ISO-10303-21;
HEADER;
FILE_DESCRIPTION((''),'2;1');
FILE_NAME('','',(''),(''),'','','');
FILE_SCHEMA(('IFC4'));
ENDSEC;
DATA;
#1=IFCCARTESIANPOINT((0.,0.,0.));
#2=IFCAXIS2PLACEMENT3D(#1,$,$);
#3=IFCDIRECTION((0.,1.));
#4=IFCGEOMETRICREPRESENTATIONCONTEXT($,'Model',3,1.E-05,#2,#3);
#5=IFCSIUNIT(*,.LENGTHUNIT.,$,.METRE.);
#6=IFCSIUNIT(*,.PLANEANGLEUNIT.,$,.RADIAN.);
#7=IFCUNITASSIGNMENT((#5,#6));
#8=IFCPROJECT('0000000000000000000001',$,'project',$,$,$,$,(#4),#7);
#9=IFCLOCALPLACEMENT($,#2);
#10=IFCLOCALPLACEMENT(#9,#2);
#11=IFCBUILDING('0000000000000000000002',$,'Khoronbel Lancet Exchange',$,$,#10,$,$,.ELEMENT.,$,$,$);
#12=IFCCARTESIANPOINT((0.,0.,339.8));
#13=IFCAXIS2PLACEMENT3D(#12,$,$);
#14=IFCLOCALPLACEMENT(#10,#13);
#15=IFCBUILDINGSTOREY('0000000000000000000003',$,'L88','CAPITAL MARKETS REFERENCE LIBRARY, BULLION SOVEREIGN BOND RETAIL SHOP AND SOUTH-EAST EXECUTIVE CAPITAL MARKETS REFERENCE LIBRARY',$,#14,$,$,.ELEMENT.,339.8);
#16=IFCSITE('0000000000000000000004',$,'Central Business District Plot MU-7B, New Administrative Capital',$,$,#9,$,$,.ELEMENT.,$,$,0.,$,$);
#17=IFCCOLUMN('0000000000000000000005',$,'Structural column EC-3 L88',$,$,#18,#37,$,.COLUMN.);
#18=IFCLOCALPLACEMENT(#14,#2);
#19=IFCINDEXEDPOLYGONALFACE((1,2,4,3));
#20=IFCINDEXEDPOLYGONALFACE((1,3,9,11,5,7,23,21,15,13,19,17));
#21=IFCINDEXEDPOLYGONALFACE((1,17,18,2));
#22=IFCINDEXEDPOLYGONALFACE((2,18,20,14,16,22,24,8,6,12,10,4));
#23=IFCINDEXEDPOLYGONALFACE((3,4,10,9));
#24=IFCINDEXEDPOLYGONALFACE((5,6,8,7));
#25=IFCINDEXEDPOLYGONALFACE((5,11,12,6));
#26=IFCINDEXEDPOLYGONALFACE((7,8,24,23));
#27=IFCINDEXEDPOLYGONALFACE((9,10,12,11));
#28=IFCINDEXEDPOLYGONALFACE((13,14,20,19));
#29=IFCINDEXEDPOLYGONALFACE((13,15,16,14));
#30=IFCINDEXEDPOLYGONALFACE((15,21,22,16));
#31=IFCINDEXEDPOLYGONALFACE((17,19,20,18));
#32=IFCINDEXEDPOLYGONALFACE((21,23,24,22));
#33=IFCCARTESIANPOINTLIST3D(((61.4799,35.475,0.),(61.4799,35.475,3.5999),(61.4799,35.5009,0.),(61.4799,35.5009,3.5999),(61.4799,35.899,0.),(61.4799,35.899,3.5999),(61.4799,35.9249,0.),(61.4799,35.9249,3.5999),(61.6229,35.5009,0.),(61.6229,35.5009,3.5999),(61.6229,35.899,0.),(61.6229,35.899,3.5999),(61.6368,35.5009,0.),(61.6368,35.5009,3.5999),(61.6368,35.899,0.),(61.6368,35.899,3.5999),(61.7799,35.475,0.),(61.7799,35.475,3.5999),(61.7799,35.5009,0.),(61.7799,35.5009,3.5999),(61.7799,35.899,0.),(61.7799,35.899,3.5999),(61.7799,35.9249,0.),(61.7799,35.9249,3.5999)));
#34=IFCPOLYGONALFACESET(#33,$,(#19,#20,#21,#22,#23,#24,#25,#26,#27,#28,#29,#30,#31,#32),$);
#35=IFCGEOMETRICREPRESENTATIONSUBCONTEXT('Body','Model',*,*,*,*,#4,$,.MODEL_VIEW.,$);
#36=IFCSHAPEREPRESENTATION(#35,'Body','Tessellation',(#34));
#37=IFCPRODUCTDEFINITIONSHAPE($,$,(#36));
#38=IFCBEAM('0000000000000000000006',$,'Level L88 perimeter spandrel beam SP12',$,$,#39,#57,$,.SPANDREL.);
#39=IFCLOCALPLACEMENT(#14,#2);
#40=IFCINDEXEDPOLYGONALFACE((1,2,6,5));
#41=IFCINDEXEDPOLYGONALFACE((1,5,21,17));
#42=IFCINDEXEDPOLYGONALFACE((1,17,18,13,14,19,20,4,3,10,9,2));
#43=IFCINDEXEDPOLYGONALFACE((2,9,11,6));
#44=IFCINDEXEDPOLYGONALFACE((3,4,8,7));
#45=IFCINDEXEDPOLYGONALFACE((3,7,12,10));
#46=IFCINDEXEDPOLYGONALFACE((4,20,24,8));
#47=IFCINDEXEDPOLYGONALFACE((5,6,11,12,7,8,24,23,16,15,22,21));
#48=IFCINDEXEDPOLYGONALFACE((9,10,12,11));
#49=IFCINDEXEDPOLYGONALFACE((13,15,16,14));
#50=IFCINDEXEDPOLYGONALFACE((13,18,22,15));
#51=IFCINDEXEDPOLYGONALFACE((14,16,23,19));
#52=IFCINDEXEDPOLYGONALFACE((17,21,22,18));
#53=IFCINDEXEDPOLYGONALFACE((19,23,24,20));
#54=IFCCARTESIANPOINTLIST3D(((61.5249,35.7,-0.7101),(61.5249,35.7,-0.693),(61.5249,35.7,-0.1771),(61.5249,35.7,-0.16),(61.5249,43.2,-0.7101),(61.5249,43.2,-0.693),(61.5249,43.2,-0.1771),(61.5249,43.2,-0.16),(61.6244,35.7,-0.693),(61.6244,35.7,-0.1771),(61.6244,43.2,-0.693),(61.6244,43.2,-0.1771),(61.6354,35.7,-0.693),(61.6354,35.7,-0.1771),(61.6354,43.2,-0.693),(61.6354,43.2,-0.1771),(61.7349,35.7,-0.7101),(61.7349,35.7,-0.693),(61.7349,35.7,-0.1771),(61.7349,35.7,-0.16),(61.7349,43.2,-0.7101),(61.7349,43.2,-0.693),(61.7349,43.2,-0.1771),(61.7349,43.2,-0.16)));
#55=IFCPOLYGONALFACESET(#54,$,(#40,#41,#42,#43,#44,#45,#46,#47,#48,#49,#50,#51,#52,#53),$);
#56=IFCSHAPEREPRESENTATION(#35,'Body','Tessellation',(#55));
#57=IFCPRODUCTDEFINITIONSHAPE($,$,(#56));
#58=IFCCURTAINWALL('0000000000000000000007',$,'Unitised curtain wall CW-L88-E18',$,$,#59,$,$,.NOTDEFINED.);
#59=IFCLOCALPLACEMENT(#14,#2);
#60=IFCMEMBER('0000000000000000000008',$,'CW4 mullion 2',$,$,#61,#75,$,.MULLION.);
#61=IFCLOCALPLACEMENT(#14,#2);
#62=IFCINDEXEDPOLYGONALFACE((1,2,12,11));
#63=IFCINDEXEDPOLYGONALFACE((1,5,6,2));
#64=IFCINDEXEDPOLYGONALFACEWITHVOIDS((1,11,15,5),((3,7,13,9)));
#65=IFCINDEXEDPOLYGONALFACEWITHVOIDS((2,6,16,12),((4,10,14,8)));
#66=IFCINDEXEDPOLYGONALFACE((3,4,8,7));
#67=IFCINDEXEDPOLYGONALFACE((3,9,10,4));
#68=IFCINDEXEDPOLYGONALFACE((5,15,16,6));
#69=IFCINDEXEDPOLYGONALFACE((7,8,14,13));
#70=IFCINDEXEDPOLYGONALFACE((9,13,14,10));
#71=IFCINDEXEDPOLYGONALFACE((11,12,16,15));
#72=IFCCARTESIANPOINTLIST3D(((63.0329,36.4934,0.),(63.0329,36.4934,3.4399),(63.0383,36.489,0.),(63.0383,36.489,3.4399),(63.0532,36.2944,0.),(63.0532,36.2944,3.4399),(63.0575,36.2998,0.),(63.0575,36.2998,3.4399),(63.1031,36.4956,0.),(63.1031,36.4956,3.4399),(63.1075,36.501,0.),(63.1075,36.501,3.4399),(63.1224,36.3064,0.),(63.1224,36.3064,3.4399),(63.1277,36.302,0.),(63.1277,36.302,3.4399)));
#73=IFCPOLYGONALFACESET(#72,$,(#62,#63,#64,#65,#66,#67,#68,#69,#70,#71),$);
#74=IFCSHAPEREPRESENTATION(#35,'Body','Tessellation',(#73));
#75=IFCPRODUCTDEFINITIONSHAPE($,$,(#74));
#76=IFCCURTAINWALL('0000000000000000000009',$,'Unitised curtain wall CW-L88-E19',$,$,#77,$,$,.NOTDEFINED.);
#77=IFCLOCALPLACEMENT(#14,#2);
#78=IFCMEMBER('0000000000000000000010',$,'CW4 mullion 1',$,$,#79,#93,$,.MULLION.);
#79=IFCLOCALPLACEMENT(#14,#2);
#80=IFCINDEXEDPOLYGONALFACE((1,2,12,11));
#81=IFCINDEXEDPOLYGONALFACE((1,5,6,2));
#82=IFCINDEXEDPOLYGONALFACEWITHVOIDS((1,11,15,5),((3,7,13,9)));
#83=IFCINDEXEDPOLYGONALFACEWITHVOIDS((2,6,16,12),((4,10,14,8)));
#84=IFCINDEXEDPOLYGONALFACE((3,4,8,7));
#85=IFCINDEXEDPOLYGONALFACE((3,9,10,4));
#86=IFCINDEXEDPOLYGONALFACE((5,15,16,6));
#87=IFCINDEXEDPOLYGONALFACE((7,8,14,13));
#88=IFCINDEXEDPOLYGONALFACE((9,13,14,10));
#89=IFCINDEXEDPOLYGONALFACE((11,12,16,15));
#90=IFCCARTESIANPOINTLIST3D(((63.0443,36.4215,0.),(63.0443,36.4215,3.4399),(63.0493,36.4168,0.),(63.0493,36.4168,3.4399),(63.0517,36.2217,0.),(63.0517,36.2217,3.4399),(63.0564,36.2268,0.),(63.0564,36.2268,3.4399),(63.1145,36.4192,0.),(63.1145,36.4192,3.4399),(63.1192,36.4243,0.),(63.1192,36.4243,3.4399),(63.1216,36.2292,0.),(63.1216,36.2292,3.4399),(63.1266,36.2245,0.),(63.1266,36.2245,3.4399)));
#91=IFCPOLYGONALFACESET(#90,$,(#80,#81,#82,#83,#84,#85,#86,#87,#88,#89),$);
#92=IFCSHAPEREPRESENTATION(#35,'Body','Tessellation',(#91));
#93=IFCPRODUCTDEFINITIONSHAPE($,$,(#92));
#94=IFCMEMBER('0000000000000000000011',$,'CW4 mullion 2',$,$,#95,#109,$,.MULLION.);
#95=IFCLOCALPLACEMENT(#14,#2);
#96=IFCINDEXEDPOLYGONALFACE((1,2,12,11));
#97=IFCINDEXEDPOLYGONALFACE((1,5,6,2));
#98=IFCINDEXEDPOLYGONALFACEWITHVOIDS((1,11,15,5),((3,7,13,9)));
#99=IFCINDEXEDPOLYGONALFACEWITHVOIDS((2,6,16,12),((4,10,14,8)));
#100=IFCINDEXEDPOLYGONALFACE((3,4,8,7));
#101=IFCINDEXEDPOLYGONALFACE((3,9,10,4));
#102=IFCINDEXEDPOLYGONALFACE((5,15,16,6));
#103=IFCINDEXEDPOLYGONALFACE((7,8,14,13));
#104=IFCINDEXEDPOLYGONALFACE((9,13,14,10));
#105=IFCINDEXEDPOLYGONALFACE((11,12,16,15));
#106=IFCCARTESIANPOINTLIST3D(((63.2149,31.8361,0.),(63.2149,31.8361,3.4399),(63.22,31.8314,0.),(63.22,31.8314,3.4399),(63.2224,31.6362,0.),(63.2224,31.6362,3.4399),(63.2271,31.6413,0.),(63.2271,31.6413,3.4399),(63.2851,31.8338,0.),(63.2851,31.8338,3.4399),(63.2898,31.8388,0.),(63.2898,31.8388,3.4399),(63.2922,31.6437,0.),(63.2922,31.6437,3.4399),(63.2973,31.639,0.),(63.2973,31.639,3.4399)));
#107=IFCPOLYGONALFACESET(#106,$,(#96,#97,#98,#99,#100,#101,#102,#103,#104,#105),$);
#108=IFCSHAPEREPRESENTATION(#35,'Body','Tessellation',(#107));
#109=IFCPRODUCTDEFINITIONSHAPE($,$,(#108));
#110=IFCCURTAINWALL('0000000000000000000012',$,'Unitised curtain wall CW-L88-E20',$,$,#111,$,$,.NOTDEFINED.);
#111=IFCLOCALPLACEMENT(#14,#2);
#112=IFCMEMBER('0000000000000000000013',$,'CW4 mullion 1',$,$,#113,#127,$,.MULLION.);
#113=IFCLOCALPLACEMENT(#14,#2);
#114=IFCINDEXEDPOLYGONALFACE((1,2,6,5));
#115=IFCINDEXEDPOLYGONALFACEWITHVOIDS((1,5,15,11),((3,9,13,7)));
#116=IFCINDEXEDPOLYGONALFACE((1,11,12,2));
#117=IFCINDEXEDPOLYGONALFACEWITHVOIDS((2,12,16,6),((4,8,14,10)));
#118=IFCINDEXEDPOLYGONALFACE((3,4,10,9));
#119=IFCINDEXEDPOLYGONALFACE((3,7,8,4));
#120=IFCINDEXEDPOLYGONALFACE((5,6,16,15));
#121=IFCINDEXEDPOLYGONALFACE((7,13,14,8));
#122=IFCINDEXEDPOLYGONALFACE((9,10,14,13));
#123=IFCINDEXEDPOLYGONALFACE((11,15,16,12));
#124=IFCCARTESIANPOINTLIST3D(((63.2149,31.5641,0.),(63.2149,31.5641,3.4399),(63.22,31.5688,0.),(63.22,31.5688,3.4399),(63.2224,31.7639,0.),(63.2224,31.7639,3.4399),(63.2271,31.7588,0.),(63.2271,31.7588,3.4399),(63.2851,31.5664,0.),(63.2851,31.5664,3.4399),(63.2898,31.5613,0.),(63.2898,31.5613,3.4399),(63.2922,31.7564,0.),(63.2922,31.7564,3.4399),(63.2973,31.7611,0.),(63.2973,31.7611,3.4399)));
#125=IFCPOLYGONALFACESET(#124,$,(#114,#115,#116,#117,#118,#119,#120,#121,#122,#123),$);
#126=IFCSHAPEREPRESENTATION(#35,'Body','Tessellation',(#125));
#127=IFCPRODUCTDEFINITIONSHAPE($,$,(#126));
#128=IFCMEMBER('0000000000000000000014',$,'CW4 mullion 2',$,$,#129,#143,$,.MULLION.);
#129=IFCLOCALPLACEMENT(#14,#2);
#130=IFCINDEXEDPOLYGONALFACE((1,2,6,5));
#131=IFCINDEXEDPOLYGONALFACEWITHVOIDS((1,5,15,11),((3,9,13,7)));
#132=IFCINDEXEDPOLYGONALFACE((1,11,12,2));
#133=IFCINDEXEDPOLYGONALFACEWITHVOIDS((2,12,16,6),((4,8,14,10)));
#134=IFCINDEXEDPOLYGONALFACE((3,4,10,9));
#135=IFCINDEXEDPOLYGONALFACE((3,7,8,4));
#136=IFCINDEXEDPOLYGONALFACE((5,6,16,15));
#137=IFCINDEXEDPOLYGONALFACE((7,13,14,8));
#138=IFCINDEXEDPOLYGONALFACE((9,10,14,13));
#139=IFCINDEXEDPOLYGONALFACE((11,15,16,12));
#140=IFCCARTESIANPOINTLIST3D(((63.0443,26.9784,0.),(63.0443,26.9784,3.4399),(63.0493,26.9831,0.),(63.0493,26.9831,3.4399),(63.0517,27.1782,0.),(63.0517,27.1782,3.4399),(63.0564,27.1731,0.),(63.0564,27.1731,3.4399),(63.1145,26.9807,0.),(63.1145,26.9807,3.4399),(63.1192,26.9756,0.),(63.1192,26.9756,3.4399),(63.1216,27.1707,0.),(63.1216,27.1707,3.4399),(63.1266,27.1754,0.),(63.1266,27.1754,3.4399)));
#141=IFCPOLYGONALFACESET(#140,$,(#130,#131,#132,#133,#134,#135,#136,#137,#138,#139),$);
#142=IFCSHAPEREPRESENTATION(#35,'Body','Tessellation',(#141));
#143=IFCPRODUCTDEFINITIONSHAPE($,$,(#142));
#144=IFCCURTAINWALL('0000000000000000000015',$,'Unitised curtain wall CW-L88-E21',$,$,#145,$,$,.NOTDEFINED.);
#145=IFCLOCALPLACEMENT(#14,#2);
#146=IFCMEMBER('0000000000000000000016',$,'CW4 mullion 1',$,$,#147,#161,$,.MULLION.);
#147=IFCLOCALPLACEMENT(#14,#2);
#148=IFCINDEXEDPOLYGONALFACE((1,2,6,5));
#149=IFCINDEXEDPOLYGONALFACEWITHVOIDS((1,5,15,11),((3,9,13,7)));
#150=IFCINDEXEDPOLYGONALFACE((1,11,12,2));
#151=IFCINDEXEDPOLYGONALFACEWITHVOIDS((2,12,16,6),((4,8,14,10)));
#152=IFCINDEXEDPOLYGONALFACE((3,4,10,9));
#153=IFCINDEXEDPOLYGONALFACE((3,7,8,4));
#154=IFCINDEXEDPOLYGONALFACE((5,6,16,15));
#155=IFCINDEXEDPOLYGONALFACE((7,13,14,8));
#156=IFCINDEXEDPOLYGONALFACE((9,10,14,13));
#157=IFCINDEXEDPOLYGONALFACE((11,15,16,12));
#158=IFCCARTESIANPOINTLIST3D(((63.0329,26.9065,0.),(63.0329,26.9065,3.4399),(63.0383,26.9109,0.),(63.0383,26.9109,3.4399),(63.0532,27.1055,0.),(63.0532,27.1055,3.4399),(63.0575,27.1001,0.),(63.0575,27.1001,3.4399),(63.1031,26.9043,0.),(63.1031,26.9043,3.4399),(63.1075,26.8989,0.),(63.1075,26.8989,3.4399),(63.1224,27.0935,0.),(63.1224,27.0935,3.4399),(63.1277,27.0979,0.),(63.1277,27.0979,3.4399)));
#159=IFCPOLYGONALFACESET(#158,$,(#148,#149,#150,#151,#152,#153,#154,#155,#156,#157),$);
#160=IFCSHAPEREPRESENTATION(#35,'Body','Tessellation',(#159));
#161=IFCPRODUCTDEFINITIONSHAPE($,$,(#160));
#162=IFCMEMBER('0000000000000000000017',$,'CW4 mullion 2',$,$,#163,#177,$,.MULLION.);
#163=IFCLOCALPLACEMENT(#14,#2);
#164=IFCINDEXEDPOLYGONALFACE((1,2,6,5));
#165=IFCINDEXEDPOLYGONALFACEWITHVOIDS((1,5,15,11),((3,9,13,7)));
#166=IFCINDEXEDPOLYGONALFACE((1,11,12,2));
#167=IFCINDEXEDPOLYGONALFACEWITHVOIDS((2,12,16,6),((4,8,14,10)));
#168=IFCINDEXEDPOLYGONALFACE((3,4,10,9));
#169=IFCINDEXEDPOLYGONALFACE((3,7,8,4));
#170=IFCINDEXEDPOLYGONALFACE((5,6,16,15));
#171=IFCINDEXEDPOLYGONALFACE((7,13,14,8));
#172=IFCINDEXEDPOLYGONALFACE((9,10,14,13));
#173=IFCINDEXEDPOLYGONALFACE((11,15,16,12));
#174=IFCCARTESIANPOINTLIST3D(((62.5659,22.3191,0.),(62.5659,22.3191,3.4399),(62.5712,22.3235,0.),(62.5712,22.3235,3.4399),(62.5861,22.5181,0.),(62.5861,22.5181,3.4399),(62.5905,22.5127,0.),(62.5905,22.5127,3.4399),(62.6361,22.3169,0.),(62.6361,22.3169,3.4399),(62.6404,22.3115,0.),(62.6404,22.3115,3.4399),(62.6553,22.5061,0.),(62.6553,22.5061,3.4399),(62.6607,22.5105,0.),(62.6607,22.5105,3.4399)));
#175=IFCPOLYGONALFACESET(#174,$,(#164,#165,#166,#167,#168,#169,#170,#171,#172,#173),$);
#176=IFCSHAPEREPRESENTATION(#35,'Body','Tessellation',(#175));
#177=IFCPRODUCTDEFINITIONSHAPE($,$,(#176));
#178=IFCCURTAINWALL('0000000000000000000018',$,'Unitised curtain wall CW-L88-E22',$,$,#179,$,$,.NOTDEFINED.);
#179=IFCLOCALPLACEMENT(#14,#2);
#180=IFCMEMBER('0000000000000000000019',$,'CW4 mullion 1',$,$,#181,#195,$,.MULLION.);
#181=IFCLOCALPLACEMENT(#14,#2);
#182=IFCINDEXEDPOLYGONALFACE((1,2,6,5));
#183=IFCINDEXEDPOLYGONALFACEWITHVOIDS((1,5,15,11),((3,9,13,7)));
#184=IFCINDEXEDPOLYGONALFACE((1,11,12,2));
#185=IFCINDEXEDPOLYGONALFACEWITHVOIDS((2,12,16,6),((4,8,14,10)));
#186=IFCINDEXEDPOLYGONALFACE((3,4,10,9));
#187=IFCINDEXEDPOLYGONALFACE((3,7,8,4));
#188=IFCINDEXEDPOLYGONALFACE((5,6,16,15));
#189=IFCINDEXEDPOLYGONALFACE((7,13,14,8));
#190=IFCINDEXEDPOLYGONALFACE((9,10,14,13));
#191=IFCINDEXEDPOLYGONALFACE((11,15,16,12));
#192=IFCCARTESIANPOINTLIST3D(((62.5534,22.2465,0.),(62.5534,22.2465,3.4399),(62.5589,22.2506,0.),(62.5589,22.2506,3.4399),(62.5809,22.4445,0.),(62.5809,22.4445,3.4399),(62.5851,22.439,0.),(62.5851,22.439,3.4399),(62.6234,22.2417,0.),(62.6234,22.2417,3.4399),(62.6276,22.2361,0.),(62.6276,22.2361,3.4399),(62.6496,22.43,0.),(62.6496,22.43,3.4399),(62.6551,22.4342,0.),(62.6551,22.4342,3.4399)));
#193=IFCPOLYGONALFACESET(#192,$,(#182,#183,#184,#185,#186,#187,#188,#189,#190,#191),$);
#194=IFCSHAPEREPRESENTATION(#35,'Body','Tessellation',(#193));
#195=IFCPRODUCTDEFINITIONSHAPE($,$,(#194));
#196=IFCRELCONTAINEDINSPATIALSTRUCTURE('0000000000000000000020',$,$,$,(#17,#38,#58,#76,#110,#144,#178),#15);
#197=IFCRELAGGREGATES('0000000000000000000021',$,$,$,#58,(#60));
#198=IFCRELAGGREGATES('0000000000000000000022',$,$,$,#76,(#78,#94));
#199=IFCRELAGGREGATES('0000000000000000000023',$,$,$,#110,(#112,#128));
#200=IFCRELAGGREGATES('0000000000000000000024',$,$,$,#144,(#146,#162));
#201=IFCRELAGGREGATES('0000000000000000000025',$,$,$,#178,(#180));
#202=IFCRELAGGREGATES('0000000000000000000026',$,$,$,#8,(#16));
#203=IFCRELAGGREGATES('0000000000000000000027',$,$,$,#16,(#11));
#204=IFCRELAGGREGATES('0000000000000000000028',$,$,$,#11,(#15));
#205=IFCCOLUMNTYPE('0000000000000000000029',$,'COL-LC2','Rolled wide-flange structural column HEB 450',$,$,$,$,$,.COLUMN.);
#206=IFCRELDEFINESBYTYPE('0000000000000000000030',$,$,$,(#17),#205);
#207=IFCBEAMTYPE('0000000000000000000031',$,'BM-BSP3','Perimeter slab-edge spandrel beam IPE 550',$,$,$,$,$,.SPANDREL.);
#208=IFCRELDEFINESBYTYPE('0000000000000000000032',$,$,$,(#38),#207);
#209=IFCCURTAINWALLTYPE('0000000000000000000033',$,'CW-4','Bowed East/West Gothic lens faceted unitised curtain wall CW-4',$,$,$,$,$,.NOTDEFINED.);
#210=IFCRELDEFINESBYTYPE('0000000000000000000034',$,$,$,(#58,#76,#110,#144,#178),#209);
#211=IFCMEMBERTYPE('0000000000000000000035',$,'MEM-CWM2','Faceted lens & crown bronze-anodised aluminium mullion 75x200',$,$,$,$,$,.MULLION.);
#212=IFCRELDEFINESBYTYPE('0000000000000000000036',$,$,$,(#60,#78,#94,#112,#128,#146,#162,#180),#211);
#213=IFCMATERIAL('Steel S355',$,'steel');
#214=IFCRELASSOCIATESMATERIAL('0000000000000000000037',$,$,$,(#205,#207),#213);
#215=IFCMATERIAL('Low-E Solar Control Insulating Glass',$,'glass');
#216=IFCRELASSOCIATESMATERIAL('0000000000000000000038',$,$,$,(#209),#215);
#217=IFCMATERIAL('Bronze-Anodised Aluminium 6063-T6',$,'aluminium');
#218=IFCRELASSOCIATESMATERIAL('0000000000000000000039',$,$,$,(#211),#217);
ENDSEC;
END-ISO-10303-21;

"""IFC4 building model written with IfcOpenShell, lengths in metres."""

from ifc_helpers import new_model, si_unit, direction, frame, origin, origin_2d, place, context, subcontext, project, spatial, hollow_rectangle, i_section, extrude, material, material_profile, profile_set, type_object, element, aggregate, save


model = new_model("IFC4")

# Units and contexts
model_context = context("Model", 3, precision=1e-05, world=origin(), true_north=direction((0.0, 1.0)))
body_context = subcontext(model_context, "Body", "Model", "MODEL_VIEW")
ifc_project = project(units=[si_unit("LENGTHUNIT", "METRE"), si_unit("PLANEANGLEUNIT", "RADIAN")], contexts=[model_context])

# Site, building, storey
site_placement = place(None, origin())
site = spatial("IfcSite", under=ifc_project, at=site_placement, Name="Central Business District Plot MU-7B, New Administrative Capital", CompositionType="ELEMENT", RefElevation=0.0)
building_placement = place(site_placement, origin())
building = spatial("IfcBuilding", under=site, at=building_placement, Name="Khoronbel Lancet Exchange", CompositionType="ELEMENT")
storey_placement = place(building_placement, frame((0.0, 0.0, 339.8)))
storey = spatial("IfcBuildingStorey", under=building, at=storey_placement, Name="L88", Description="CAPITAL MARKETS REFERENCE LIBRARY, BULLION SOVEREIGN BOND RETAIL SHOP AND SOUTH-EAST EXECUTIVE CAPITAL MARKETS REFERENCE LIBRARY", CompositionType="ELEMENT", Elevation=339.8)

# Column
ifc_material_1 = material(Name="Steel S355", Category="steel")
ifc_material_profile_1 = material_profile(ifc_material_1, i_section(OverallWidth=0.3, OverallDepth=0.45, WebThickness=0.0139, FlangeThickness=0.0259, at=origin_2d()), Name="HEB 450")
ifc_profile_set_1 = profile_set([ifc_material_profile_1], Name="Steel S355")
column_type = type_object("IfcColumnType", Name="COL-LC2", Description="Rolled wide-flange structural column HEB 450", PredefinedType="COLUMN", material=ifc_profile_set_1)
column_placement = place(storey_placement, frame((61.6299, 35.7, 0.0), z_axis=(0.0, 0.0, 1.0), x_axis=(1.0, 0.0, 0.0)))
element("IfcColumn", 1, at=column_placement, inside=storey, type_object=column_type, Name="Structural column EC-3 L88", PredefinedType="COLUMN", context=body_context, shape_type="SweptSolid", body=[
    extrude(i_section(OverallWidth=0.3, OverallDepth=0.45, WebThickness=0.0139, FlangeThickness=0.0259, at=origin_2d()), origin(), (0.0, 0.0, 1.0), 3.5999),
])

# Beam
ifc_material_profile_2 = material_profile(ifc_material_1, i_section(OverallWidth=0.21, OverallDepth=0.55, WebThickness=0.011, FlangeThickness=0.0171, at=origin_2d()), Name="IPE 550")
ifc_profile_set_2 = profile_set([ifc_material_profile_2], Name="Steel S355")
beam_type = type_object("IfcBeamType", Name="BM-BSP3", Description="Perimeter slab-edge spandrel beam IPE 550", PredefinedType="SPANDREL", material=ifc_profile_set_2)
beam_placement = place(storey_placement, frame((61.6299, 35.7, -0.4351), z_axis=(0.0, 1.0, 0.0), x_axis=(-1.0, 0.0, 0.0)))
element("IfcBeam", 2, at=beam_placement, inside=storey, type_object=beam_type, Name="Level L88 perimeter spandrel beam SP12", PredefinedType="SPANDREL", context=body_context, shape_type="SweptSolid", body=[
    extrude(i_section(OverallWidth=0.21, OverallDepth=0.55, WebThickness=0.011, FlangeThickness=0.0171, at=origin_2d()), origin(), (0.0, 0.0, 1.0), 7.5),
])

# Curtain wall, member
ifc_material_2 = material(Name="Low-E Solar Control Insulating Glass", Category="glass")
curtain_wall_type = type_object("IfcCurtainWallType", Name="CW-4", Description="Bowed East/West Gothic lens faceted unitised curtain wall CW-4", PredefinedType="NOTDEFINED", material=ifc_material_2)
curtain_wall_1_placement = place(storey_placement, origin())
curtain_wall_1 = element("IfcCurtainWall", 3, at=curtain_wall_1_placement, inside=storey, type_object=curtain_wall_type, Name="Unitised curtain wall CW-L88-E18", PredefinedType="NOTDEFINED")
ifc_material_3 = material(Name="Bronze-Anodised Aluminium 6063-T6", Category="aluminium")
ifc_material_profile_3 = material_profile(ifc_material_3, hollow_rectangle(XDim=0.075, YDim=0.2, WallThickness=0.0049, at=origin_2d()), Name="ALU MULLION 75x200")
ifc_profile_set_3 = profile_set([ifc_material_profile_3], Name="Bronze-Anodised Aluminium 6063-T6")
member_type_1 = type_object("IfcMemberType", Name="MEM-CWM2", Description="Faceted lens & crown bronze-anodised aluminium mullion 75x200", PredefinedType="MULLION", material=ifc_profile_set_3)
member_1_placement = place(storey_placement, frame((63.0803, 36.3977, 0.0), z_axis=(0.0, 0.0, 1.0), x_axis=(0.994858, 0.101278, 0.0)))
member_1 = element("IfcMember", 4, at=member_1_placement, type_object=member_type_1, Name="CW4 mullion 2", PredefinedType="MULLION", context=body_context, shape_type="SweptSolid", body=[
    extrude(hollow_rectangle(XDim=0.075, YDim=0.2, WallThickness=0.0049, at=origin_2d()), origin(), (0.0, 0.0, 1.0), 3.4399),
])
aggregate(curtain_wall_1, [member_1])

# Curtain walls, members
curtain_wall_2_placement = place(storey_placement, origin())
curtain_wall_2 = element("IfcCurtainWall", 5, at=curtain_wall_2_placement, inside=storey, type_object=curtain_wall_type, Name="Unitised curtain wall CW-L88-E19", PredefinedType="NOTDEFINED")
member_2_placement = place(storey_placement, frame((63.0854, 36.323, 0.0), z_axis=(0.0, 0.0, 1.0), x_axis=(0.999308, 0.037202, 0.0)))
member_2 = element("IfcMember", 6, at=member_2_placement, type_object=member_type_1, Name="CW4 mullion 1", PredefinedType="MULLION", context=body_context, shape_type="SweptSolid", body=[
    extrude(hollow_rectangle(XDim=0.075, YDim=0.2, WallThickness=0.0049, at=origin_2d()), origin(), (0.0, 0.0, 1.0), 3.4399),
])
member_3_placement = place(storey_placement, frame((63.2561, 31.7375, 0.0), z_axis=(0.0, 0.0, 1.0), x_axis=(0.999308, 0.037202, 0.0)))
member_3 = element("IfcMember", 7, at=member_3_placement, type_object=member_type_1, Name="CW4 mullion 2", PredefinedType="MULLION", context=body_context, shape_type="SweptSolid", body=[
    extrude(hollow_rectangle(XDim=0.075, YDim=0.2, WallThickness=0.0049, at=origin_2d()), origin(), (0.0, 0.0, 1.0), 3.4399),
])
curtain_wall_3_placement = place(storey_placement, origin())
curtain_wall_3 = element("IfcCurtainWall", 8, at=curtain_wall_3_placement, inside=storey, type_object=curtain_wall_type, Name="Unitised curtain wall CW-L88-E20", PredefinedType="NOTDEFINED")
member_4_placement = place(storey_placement, frame((63.2561, 31.6626, 0.0), z_axis=(0.0, 0.0, 1.0), x_axis=(0.999308, -0.037202, 0.0)))
member_4 = element("IfcMember", 9, at=member_4_placement, type_object=member_type_1, Name="CW4 mullion 1", PredefinedType="MULLION", context=body_context, shape_type="SweptSolid", body=[
    extrude(hollow_rectangle(XDim=0.075, YDim=0.2, WallThickness=0.0049, at=origin_2d()), origin(), (0.0, 0.0, 1.0), 3.4399),
])
member_5_placement = place(storey_placement, frame((63.0854, 27.0769, 0.0), z_axis=(0.0, 0.0, 1.0), x_axis=(0.999308, -0.037202, 0.0)))
member_5 = element("IfcMember", 10, at=member_5_placement, type_object=member_type_1, Name="CW4 mullion 2", PredefinedType="MULLION", context=body_context, shape_type="SweptSolid", body=[
    extrude(hollow_rectangle(XDim=0.075, YDim=0.2, WallThickness=0.0049, at=origin_2d()), origin(), (0.0, 0.0, 1.0), 3.4399),
])
curtain_wall_4_placement = place(storey_placement, origin())
curtain_wall_4 = element("IfcCurtainWall", 11, at=curtain_wall_4_placement, inside=storey, type_object=curtain_wall_type, Name="Unitised curtain wall CW-L88-E21", PredefinedType="NOTDEFINED")
member_6_placement = place(storey_placement, frame((63.0803, 27.0022, 0.0), z_axis=(0.0, 0.0, 1.0), x_axis=(0.994858, -0.101278, 0.0)))
member_6 = element("IfcMember", 12, at=member_6_placement, type_object=member_type_1, Name="CW4 mullion 1", PredefinedType="MULLION", context=body_context, shape_type="SweptSolid", body=[
    extrude(hollow_rectangle(XDim=0.075, YDim=0.2, WallThickness=0.0049, at=origin_2d()), origin(), (0.0, 0.0, 1.0), 3.4399),
])
member_7_placement = place(storey_placement, frame((62.6133, 22.4148, 0.0), z_axis=(0.0, 0.0, 1.0), x_axis=(0.994858, -0.101278, 0.0)))
member_7 = element("IfcMember", 13, at=member_7_placement, type_object=member_type_1, Name="CW4 mullion 2", PredefinedType="MULLION", context=body_context, shape_type="SweptSolid", body=[
    extrude(hollow_rectangle(XDim=0.075, YDim=0.2, WallThickness=0.0049, at=origin_2d()), origin(), (0.0, 0.0, 1.0), 3.4399),
])
curtain_wall_5_placement = place(storey_placement, origin())
curtain_wall_5 = element("IfcCurtainWall", 14, at=curtain_wall_5_placement, inside=storey, type_object=curtain_wall_type, Name="Unitised curtain wall CW-L88-E22", PredefinedType="NOTDEFINED")
member_8_placement = place(storey_placement, frame((62.6042, 22.3403, 0.0), z_axis=(0.0, 0.0, 1.0), x_axis=(0.990475, -0.137695, 0.0)))
member_8 = element("IfcMember", 15, at=member_8_placement, type_object=member_type_1, Name="CW4 mullion 1", PredefinedType="MULLION", context=body_context, shape_type="SweptSolid", body=[
    extrude(hollow_rectangle(XDim=0.075, YDim=0.2, WallThickness=0.0049, at=origin_2d()), origin(), (0.0, 0.0, 1.0), 3.4399),
])

aggregate(curtain_wall_2, [member_2, member_3])
aggregate(curtain_wall_3, [member_4, member_5])
aggregate(curtain_wall_4, [member_6, member_7])
aggregate(curtain_wall_5, [member_8])

save(model, "model.ifc")
